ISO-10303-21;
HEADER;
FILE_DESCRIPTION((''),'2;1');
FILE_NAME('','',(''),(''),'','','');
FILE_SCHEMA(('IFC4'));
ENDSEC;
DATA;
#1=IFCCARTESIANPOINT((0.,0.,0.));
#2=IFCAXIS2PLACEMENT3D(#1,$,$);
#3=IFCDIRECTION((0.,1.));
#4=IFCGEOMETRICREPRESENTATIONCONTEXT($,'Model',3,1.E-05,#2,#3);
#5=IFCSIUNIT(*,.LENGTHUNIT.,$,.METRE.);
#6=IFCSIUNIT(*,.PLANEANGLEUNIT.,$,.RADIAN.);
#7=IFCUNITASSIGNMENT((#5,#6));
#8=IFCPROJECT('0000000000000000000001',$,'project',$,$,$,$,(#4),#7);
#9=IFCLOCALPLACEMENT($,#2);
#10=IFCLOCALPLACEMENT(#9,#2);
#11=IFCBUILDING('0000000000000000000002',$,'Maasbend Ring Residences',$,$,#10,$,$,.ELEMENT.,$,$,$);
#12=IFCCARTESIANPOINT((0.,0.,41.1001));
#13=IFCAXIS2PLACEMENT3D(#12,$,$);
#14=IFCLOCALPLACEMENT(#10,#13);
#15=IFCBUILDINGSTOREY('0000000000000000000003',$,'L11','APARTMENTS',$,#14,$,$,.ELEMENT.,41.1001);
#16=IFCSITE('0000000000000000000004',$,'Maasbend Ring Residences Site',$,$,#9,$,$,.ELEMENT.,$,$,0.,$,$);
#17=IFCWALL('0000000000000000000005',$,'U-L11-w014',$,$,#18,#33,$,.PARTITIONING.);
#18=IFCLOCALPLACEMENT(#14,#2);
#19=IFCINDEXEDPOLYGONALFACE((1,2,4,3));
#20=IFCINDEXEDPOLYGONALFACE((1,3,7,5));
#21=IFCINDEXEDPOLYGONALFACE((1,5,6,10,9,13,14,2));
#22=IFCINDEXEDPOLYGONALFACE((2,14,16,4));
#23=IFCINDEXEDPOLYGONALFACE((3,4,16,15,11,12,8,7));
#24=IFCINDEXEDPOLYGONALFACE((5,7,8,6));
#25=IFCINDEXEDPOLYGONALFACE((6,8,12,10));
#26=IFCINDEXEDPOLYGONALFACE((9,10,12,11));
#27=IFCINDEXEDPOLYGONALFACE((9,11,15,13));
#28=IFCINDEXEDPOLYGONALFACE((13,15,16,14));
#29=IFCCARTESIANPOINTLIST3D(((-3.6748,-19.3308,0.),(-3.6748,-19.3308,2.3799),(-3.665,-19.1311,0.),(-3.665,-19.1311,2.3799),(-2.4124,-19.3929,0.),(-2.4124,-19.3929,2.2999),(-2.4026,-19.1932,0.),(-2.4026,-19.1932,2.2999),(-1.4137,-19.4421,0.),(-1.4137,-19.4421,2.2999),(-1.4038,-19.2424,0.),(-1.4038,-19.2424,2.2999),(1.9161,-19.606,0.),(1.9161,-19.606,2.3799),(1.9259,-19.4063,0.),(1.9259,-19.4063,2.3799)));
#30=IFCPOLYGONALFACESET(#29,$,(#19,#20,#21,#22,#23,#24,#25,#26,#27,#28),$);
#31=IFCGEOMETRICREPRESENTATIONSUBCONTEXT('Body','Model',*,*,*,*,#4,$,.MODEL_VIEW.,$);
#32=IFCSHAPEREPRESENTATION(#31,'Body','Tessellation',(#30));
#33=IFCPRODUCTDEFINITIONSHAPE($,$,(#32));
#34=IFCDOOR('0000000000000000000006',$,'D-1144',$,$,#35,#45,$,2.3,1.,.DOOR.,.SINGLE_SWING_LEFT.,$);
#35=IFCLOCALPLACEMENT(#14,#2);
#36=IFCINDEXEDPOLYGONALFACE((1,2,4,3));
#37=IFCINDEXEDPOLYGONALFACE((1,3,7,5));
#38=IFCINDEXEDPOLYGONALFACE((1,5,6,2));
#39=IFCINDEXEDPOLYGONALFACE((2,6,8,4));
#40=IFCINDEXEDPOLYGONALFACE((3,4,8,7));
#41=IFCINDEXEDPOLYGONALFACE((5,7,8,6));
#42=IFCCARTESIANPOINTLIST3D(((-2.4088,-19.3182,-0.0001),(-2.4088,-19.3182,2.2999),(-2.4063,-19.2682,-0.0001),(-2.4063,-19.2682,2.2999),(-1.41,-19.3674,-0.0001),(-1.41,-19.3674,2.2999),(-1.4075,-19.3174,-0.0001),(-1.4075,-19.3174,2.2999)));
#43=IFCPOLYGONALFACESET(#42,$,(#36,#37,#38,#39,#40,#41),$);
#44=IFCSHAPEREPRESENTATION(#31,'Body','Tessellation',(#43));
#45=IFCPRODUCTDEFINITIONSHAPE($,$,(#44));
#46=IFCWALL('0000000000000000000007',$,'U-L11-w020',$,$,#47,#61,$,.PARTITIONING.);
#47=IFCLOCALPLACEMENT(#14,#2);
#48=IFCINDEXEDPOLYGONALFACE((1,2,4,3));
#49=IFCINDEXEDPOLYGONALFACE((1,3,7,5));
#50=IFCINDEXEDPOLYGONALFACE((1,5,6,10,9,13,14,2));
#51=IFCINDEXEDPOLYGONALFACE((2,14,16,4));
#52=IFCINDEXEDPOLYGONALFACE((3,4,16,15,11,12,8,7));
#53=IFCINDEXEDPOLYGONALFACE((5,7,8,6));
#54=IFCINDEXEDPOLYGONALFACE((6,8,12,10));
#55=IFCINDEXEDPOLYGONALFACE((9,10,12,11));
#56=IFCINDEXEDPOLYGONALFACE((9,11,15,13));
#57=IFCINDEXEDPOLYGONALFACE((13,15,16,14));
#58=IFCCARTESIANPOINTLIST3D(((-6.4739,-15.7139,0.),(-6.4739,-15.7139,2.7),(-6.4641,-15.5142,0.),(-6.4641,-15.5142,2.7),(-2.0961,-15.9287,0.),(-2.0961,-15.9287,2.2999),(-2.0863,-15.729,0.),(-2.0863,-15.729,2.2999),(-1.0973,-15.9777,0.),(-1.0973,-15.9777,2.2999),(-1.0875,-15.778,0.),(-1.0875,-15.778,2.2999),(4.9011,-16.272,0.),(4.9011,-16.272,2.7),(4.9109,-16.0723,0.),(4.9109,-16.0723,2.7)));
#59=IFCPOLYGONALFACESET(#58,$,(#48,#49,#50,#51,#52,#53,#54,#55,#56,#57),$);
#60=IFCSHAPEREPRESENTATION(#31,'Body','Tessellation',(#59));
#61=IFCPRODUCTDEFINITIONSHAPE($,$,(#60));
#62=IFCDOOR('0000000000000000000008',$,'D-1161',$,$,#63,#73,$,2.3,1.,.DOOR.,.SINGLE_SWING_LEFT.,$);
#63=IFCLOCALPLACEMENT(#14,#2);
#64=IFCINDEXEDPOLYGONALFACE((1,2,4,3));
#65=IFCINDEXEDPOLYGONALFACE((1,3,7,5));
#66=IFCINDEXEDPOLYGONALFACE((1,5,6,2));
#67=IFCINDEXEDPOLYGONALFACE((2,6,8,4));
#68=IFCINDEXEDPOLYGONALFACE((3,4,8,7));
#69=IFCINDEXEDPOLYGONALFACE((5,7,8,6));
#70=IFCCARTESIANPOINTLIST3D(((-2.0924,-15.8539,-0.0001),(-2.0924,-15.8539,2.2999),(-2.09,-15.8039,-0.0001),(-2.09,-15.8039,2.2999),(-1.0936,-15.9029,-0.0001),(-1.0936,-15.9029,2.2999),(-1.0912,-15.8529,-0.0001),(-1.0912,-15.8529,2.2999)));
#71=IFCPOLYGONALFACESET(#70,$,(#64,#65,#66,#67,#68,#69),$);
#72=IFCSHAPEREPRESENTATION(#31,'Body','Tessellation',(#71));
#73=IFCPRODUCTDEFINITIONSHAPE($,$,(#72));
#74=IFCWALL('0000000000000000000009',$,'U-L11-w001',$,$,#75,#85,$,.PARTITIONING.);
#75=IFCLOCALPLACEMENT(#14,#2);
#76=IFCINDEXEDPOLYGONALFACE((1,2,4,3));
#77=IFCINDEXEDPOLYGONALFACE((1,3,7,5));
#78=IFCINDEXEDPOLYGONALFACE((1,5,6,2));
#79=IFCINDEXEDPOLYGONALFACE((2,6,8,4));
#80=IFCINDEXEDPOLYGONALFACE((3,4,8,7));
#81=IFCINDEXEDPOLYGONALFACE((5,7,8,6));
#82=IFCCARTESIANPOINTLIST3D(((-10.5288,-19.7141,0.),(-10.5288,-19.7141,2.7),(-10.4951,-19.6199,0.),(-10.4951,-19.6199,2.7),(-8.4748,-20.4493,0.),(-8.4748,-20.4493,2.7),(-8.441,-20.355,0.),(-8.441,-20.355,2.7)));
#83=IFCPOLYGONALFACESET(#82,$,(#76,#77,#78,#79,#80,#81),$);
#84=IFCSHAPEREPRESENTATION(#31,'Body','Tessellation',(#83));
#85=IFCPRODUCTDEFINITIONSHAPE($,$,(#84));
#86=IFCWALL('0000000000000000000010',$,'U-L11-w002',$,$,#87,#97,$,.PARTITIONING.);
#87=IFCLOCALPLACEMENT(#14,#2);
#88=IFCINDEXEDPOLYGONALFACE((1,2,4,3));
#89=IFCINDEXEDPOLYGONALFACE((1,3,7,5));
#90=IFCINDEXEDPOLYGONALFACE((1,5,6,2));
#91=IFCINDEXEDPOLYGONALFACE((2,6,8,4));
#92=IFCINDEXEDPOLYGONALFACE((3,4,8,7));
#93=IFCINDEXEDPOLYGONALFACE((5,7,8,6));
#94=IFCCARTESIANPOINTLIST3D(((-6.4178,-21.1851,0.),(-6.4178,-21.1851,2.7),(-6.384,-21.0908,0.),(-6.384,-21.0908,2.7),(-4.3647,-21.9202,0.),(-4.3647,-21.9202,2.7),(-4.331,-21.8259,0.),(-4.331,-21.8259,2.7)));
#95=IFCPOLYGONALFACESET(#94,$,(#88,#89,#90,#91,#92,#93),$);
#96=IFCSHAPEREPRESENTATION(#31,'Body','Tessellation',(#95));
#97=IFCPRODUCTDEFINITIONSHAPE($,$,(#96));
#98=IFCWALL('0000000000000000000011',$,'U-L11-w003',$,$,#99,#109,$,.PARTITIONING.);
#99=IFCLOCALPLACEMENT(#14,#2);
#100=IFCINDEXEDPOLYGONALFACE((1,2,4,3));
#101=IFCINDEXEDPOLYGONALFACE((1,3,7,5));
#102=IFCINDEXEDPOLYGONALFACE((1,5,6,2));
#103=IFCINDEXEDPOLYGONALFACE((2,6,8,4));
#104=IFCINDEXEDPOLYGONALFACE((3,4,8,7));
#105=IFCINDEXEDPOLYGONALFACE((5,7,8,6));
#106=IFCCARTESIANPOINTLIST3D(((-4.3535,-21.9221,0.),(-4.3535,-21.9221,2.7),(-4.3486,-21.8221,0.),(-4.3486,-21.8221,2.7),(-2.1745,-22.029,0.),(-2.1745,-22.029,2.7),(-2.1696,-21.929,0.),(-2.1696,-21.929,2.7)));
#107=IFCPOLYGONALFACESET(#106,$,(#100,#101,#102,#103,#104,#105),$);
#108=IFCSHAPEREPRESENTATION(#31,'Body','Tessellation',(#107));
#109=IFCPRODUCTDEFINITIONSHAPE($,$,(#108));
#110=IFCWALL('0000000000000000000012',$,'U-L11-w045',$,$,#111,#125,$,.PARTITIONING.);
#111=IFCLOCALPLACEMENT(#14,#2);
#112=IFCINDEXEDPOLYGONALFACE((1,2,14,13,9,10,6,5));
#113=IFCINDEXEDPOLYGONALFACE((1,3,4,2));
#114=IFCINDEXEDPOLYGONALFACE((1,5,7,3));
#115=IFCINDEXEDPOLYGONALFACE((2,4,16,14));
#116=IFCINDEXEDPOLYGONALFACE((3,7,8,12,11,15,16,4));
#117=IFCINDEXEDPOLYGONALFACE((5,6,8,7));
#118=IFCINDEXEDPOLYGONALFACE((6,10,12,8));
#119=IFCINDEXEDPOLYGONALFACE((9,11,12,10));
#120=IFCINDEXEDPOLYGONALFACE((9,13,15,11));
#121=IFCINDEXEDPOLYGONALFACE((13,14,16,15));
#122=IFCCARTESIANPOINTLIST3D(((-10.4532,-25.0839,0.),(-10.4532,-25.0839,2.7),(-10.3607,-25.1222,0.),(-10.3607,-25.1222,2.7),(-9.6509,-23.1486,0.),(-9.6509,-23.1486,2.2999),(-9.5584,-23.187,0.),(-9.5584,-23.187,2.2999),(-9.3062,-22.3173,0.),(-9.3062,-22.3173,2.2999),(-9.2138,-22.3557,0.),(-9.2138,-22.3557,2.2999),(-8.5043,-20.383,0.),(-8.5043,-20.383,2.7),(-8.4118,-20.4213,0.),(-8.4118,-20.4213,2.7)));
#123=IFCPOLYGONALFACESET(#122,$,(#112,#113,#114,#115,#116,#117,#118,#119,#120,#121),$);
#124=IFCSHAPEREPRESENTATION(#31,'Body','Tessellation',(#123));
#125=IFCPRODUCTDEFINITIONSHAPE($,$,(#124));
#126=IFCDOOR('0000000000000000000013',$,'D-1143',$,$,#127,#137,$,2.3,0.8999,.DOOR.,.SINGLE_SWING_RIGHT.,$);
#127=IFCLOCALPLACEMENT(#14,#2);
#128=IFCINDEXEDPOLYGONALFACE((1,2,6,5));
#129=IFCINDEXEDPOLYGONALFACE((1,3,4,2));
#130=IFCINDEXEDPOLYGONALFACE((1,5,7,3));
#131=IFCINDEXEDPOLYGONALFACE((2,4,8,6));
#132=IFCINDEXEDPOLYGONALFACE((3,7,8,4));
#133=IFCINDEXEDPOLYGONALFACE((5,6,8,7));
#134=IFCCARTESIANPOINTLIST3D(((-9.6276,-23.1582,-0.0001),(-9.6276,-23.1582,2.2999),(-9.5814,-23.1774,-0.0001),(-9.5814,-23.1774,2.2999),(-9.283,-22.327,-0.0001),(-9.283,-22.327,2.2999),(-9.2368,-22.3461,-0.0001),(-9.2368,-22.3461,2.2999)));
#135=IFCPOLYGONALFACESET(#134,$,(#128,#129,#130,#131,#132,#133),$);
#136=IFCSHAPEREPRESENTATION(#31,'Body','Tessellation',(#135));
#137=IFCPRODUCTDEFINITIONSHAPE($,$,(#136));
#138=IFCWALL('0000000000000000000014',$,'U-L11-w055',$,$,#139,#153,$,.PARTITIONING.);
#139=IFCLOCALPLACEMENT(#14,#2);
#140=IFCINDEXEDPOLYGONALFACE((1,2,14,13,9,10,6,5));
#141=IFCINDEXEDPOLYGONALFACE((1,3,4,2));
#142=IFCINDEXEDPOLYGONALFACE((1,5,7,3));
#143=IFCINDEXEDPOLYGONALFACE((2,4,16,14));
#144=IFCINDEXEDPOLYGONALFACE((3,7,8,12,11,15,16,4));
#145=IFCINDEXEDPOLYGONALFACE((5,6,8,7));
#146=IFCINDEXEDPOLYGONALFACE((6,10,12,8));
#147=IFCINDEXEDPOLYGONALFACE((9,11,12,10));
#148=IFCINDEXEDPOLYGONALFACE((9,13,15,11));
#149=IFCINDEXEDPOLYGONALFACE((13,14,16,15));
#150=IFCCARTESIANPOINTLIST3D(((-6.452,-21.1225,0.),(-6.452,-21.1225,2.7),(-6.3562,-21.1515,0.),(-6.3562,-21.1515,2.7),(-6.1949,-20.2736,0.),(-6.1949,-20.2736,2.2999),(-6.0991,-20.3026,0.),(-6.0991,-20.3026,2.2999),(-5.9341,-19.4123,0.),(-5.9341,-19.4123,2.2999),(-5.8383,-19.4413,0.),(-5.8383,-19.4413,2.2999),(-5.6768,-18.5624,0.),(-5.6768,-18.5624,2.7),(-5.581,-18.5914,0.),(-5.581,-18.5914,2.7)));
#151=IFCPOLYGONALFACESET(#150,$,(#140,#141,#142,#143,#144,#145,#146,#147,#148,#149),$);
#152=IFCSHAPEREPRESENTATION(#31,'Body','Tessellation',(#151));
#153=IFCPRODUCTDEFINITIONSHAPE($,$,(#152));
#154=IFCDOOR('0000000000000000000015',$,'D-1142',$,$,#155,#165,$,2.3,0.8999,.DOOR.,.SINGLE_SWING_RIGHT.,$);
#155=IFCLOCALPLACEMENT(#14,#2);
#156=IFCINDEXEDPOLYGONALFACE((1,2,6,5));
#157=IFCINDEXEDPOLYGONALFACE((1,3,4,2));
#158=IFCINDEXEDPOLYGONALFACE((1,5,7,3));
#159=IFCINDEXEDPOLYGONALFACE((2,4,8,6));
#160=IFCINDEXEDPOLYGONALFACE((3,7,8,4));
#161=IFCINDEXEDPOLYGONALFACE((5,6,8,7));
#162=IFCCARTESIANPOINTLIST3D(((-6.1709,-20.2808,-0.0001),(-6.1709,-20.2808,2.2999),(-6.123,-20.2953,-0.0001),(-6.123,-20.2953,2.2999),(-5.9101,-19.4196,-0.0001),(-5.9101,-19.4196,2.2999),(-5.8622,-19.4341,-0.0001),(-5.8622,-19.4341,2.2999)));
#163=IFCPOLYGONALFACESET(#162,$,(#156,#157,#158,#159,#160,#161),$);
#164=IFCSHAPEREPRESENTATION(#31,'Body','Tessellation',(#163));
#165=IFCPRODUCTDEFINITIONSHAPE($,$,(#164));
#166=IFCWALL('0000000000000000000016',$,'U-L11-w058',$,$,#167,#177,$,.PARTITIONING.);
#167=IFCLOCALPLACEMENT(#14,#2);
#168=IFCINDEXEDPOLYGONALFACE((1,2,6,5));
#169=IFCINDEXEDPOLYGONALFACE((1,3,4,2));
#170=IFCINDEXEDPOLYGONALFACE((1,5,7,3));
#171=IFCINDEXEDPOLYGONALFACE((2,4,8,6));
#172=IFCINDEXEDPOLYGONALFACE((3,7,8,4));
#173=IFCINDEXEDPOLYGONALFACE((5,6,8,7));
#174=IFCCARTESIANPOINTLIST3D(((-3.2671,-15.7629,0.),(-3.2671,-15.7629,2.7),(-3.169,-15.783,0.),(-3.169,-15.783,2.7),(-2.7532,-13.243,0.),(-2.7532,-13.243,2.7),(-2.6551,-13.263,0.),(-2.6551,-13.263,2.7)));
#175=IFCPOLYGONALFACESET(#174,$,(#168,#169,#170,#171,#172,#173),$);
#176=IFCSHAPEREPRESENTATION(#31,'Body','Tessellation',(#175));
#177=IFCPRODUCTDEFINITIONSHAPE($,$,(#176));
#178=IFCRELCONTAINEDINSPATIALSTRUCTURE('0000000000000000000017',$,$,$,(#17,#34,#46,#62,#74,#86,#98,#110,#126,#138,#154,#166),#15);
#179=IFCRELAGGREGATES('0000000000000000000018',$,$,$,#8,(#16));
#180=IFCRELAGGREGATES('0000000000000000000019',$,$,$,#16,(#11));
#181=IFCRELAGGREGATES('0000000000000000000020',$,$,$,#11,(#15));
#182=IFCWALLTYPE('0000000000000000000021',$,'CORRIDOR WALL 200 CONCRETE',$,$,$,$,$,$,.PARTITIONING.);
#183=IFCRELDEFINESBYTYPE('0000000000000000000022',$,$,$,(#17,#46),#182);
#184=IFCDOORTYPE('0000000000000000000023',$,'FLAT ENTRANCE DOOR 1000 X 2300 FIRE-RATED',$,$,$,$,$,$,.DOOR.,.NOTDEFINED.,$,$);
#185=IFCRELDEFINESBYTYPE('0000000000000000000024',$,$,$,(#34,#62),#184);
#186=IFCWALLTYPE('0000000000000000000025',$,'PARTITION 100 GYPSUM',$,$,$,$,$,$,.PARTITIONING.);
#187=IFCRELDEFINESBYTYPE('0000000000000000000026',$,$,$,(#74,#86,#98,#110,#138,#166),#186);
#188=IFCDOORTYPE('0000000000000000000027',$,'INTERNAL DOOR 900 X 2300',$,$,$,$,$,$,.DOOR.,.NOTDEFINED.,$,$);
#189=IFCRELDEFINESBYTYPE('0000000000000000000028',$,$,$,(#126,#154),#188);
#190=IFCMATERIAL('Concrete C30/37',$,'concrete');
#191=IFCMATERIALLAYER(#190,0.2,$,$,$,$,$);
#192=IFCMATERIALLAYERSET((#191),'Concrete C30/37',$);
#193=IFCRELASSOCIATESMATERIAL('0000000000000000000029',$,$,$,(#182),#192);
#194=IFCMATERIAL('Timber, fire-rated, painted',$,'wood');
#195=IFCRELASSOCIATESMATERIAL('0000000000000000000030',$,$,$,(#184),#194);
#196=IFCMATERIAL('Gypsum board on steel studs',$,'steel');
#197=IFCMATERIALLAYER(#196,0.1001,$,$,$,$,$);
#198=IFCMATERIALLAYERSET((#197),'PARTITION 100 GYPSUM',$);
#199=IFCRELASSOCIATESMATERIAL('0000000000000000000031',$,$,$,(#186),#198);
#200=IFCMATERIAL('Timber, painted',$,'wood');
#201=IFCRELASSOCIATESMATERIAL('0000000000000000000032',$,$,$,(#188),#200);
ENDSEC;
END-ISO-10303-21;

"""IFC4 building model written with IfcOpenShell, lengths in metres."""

from ifc_helpers import new_model, si_unit, direction, frame, frame_2d, origin, place, context, subcontext, project, spatial, rectangle, extrude, material, layer, layer_set, type_object, element, fill, save


model = new_model("IFC4")

# Units and contexts
model_context = context("Model", 3, precision=1e-05, world=origin(), true_north=direction((0.0, 1.0)))
body_context = subcontext(model_context, "Body", "Model", "MODEL_VIEW")
ifc_project = project(units=[si_unit("LENGTHUNIT", "METRE"), si_unit("PLANEANGLEUNIT", "RADIAN")], contexts=[model_context])

# Site, building, storey
site_placement = place(None, origin())
site = spatial("IfcSite", under=ifc_project, at=site_placement, Name="Maasbend Ring Residences Site", CompositionType="ELEMENT", RefElevation=0.0)
building_placement = place(site_placement, origin())
building = spatial("IfcBuilding", under=site, at=building_placement, Name="Maasbend Ring Residences", CompositionType="ELEMENT")
storey_placement = place(building_placement, frame((0.0, 0.0, 41.1001)))
storey = spatial("IfcBuildingStorey", under=building, at=storey_placement, Name="L11", Description="APARTMENTS", CompositionType="ELEMENT", Elevation=41.1001)

# Walls, openings, doors
ifc_material_1 = material(Name="Concrete C30/37", Category="concrete")
ifc_layer_1 = layer(ifc_material_1, 0.2)
ifc_layer_set_1 = layer_set([ifc_layer_1], Name="Concrete C30/37")
wall_type_1 = type_object("IfcWallType", Name="CORRIDOR WALL 200 CONCRETE", PredefinedType="PARTITIONING", material=ifc_layer_set_1)
ifc_material_2 = material(Name="Timber, fire-rated, painted", Category="wood")
door_type_1 = type_object("IfcDoorType", Name="FLAT ENTRANCE DOOR 1000 X 2300 FIRE-RATED", OperationType="NOTDEFINED", PredefinedType="DOOR", material=ifc_material_2)
wall_1_placement = place(storey_placement, frame((-3.6699, -19.231, 0.0), z_axis=(0.0, 0.0, 1.0), x_axis=(0.998791, -0.049154, 0.0)))
wall_1 = element("IfcWall", 1, at=wall_1_placement, inside=storey, type_object=wall_type_1, Name="U-L11-w014", PredefinedType="PARTITIONING", context=body_context, shape_type="SweptSolid", body=[
    extrude(rectangle(XDim=5.5977, YDim=0.2, at=frame_2d((2.7988, 0.0))), origin(), (0.0, 0.0, 1.0), 2.3799),
])
opening_1_placement = place(wall_1_placement, frame((1.2639, 0.0, 0.0)))
opening_1 = element("IfcOpeningElement", 2, at=opening_1_placement, cuts=wall_1, PredefinedType="OPENING", context=body_context, shape_type="SweptSolid", body=[
    extrude(rectangle(XDim=1.0, YDim=2.3, at=frame_2d((0.5, 1.1499))), frame((0.0, 0.1099, 0.0), z_axis=(0.0, -1.0, 0.0), x_axis=(1.0, 0.0, 0.0)), (0.0, 0.0, 1.0), 0.22),
])
door_1_placement = place(opening_1_placement, origin())
door_1 = element("IfcDoor", 3, at=door_1_placement, inside=storey, type_object=door_type_1, Name="D-1144", OperationType="SINGLE_SWING_LEFT", OverallHeight=2.3, OverallWidth=1.0, PredefinedType="DOOR", context=body_context, shape_type="SweptSolid", body=[
    extrude(rectangle(XDim=1.0, YDim=2.3, at=frame_2d((0.5, 1.1499))), frame((0.0, 0.0249, 0.0), z_axis=(0.0, -1.0, 0.0), x_axis=(1.0, 0.0, 0.0)), (0.0, 0.0, 1.0), 0.05),
])
fill(opening_1, door_1)
wall_2_placement = place(storey_placement, frame((-6.469, -15.614, 0.0), z_axis=(0.0, 0.0, 1.0), x_axis=(0.998799, -0.049005, 0.0)))
wall_2 = element("IfcWall", 4, at=wall_2_placement, inside=storey, type_object=wall_type_1, Name="U-L11-w020", PredefinedType="PARTITIONING", context=body_context, shape_type="SweptSolid", body=[
    extrude(rectangle(XDim=11.3887, YDim=0.2, at=frame_2d((5.6943, 0.0))), origin(), (0.0, 0.0, 1.0), 2.7),
])
opening_2_placement = place(wall_2_placement, frame((4.3831, 0.0, 0.0)))
opening_2 = element("IfcOpeningElement", 5, at=opening_2_placement, cuts=wall_2, PredefinedType="OPENING", context=body_context, shape_type="SweptSolid", body=[
    extrude(rectangle(XDim=1.0, YDim=2.3, at=frame_2d((0.5, 1.1499))), frame((0.0, 0.1099, 0.0), z_axis=(0.0, -1.0, 0.0), x_axis=(1.0, 0.0, 0.0)), (0.0, 0.0, 1.0), 0.22),
])
door_2_placement = place(opening_2_placement, origin())
door_2 = element("IfcDoor", 6, at=door_2_placement, inside=storey, type_object=door_type_1, Name="D-1161", OperationType="SINGLE_SWING_LEFT", OverallHeight=2.3, OverallWidth=1.0, PredefinedType="DOOR", context=body_context, shape_type="SweptSolid", body=[
    extrude(rectangle(XDim=1.0, YDim=2.3, at=frame_2d((0.5, 1.1499))), frame((0.0, 0.0249, 0.0), z_axis=(0.0, -1.0, 0.0), x_axis=(1.0, 0.0, 0.0)), (0.0, 0.0, 1.0), 0.05),
])
fill(opening_2, door_2)

# Walls
ifc_material_3 = material(Name="Gypsum board on steel studs", Category="steel")
ifc_layer_2 = layer(ifc_material_3, 0.1001)
ifc_layer_set_2 = layer_set([ifc_layer_2], Name="PARTITION 100 GYPSUM")
wall_type_2 = type_object("IfcWallType", Name="PARTITION 100 GYPSUM", PredefinedType="PARTITIONING", material=ifc_layer_set_2)
wall_3_placement = place(storey_placement, frame((-10.512, -19.667, 0.0), z_axis=(0.0, 0.0, 1.0), x_axis=(0.941516, -0.336967, 0.0)))
element("IfcWall", 7, at=wall_3_placement, inside=storey, type_object=wall_type_2, Name="U-L11-w001", PredefinedType="PARTITIONING", context=body_context, shape_type="SweptSolid", body=[
    extrude(rectangle(XDim=2.1816, YDim=0.1001, at=frame_2d((1.0908, 0.0))), origin(), (0.0, 0.0, 1.0), 2.7),
])
wall_4_placement = place(storey_placement, frame((-6.4009, -21.1379, 0.0), z_axis=(0.0, 0.0, 1.0), x_axis=(0.941465, -0.337109, 0.0)))
element("IfcWall", 8, at=wall_4_placement, inside=storey, type_object=wall_type_2, Name="U-L11-w002", PredefinedType="PARTITIONING", context=body_context, shape_type="SweptSolid", body=[
    extrude(rectangle(XDim=2.1807, YDim=0.1001, at=frame_2d((1.0903, 0.0))), origin(), (0.0, 0.0, 1.0), 2.7),
])
wall_5_placement = place(storey_placement, frame((-4.3511, -21.8721, 0.0), z_axis=(0.0, 0.0, 1.0), x_axis=(0.998798, -0.049017, 0.0)))
element("IfcWall", 9, at=wall_5_placement, inside=storey, type_object=wall_type_2, Name="U-L11-w003", PredefinedType="PARTITIONING", context=body_context, shape_type="SweptSolid", body=[
    extrude(rectangle(XDim=2.1816, YDim=0.1001, at=frame_2d((1.0908, 0.0))), origin(), (0.0, 0.0, 1.0), 2.7),
])

# Walls, openings, doors
wall_6_placement = place(storey_placement, frame((-10.407, -25.103, 0.0), z_axis=(0.0, 0.0, 1.0), x_axis=(0.382983, 0.923755, 0.0)))
wall_6 = element("IfcWall", 10, at=wall_6_placement, inside=storey, type_object=wall_type_2, Name="U-L11-w045", PredefinedType="PARTITIONING", context=body_context, shape_type="SweptSolid", body=[
    extrude(rectangle(XDim=5.0889, YDim=0.1001, at=frame_2d((2.5444, 0.0))), origin(), (0.0, 0.0, 1.0), 2.7),
])
opening_3_placement = place(wall_6_placement, frame((2.095, 0.0, 0.0)))
opening_3 = element("IfcOpeningElement", 11, at=opening_3_placement, cuts=wall_6, PredefinedType="OPENING", context=body_context, shape_type="SweptSolid", body=[
    extrude(rectangle(XDim=0.8999, YDim=2.3, at=frame_2d((0.45, 1.1499))), frame((0.0, 0.0601, 0.0), z_axis=(0.0, -1.0, 0.0), x_axis=(1.0, 0.0, 0.0)), (0.0, 0.0, 1.0), 0.1201),
])
ifc_material_4 = material(Name="Timber, painted", Category="wood")
door_type_2 = type_object("IfcDoorType", Name="INTERNAL DOOR 900 X 2300", OperationType="NOTDEFINED", PredefinedType="DOOR", material=ifc_material_4)
door_3_placement = place(opening_3_placement, origin())
door_3 = element("IfcDoor", 12, at=door_3_placement, inside=storey, type_object=door_type_2, Name="D-1143", OperationType="SINGLE_SWING_RIGHT", OverallHeight=2.3, OverallWidth=0.8999, PredefinedType="DOOR", context=body_context, shape_type="SweptSolid", body=[
    extrude(rectangle(XDim=0.8999, YDim=2.3, at=frame_2d((0.45, 1.1499))), frame((0.0, 0.0249, 0.0), z_axis=(0.0, -1.0, 0.0), x_axis=(1.0, 0.0, 0.0)), (0.0, 0.0, 1.0), 0.05),
])
fill(opening_3, door_3)
wall_7_placement = place(storey_placement, frame((-6.4041, -21.137, 0.0), z_axis=(0.0, 0.0, 1.0), x_axis=(0.289792, 0.95709, 0.0)))
wall_7 = element("IfcWall", 13, at=wall_7_placement, inside=storey, type_object=wall_type_2, Name="U-L11-w055", PredefinedType="PARTITIONING", context=body_context, shape_type="SweptSolid", body=[
    extrude(rectangle(XDim=2.6748, YDim=0.1001, at=frame_2d((1.3374, 0.0))), origin(), (0.0, 0.0, 1.0), 2.7),
])
opening_4_placement = place(wall_7_placement, frame((0.887, 0.0, 0.0)))
opening_4 = element("IfcOpeningElement", 14, at=opening_4_placement, cuts=wall_7, PredefinedType="OPENING", context=body_context, shape_type="SweptSolid", body=[
    extrude(rectangle(XDim=0.8999, YDim=2.3, at=frame_2d((0.45, 1.1499))), frame((0.0, 0.0601, 0.0), z_axis=(0.0, -1.0, 0.0), x_axis=(1.0, 0.0, 0.0)), (0.0, 0.0, 1.0), 0.1201),
])
door_4_placement = place(opening_4_placement, origin())
door_4 = element("IfcDoor", 15, at=door_4_placement, inside=storey, type_object=door_type_2, Name="D-1142", OperationType="SINGLE_SWING_RIGHT", OverallHeight=2.3, OverallWidth=0.8999, PredefinedType="DOOR", context=body_context, shape_type="SweptSolid", body=[
    extrude(rectangle(XDim=0.8999, YDim=2.3, at=frame_2d((0.45, 1.1499))), frame((0.0, 0.0249, 0.0), z_axis=(0.0, -1.0, 0.0), x_axis=(1.0, 0.0, 0.0)), (0.0, 0.0, 1.0), 0.05),
])
fill(opening_4, door_4)

# Wall
wall_8_placement = place(storey_placement, frame((-3.218, -15.7729, 0.0), z_axis=(0.0, 0.0, 1.0), x_axis=(0.199821, 0.979833, 0.0)))
element("IfcWall", 16, at=wall_8_placement, inside=storey, type_object=wall_type_2, Name="U-L11-w058", PredefinedType="PARTITIONING", context=body_context, shape_type="SweptSolid", body=[
    extrude(rectangle(XDim=2.5718, YDim=0.1001, at=frame_2d((1.2859, 0.0))), origin(), (0.0, 0.0, 1.0), 2.7),
])

save(model, "model.ifc")
